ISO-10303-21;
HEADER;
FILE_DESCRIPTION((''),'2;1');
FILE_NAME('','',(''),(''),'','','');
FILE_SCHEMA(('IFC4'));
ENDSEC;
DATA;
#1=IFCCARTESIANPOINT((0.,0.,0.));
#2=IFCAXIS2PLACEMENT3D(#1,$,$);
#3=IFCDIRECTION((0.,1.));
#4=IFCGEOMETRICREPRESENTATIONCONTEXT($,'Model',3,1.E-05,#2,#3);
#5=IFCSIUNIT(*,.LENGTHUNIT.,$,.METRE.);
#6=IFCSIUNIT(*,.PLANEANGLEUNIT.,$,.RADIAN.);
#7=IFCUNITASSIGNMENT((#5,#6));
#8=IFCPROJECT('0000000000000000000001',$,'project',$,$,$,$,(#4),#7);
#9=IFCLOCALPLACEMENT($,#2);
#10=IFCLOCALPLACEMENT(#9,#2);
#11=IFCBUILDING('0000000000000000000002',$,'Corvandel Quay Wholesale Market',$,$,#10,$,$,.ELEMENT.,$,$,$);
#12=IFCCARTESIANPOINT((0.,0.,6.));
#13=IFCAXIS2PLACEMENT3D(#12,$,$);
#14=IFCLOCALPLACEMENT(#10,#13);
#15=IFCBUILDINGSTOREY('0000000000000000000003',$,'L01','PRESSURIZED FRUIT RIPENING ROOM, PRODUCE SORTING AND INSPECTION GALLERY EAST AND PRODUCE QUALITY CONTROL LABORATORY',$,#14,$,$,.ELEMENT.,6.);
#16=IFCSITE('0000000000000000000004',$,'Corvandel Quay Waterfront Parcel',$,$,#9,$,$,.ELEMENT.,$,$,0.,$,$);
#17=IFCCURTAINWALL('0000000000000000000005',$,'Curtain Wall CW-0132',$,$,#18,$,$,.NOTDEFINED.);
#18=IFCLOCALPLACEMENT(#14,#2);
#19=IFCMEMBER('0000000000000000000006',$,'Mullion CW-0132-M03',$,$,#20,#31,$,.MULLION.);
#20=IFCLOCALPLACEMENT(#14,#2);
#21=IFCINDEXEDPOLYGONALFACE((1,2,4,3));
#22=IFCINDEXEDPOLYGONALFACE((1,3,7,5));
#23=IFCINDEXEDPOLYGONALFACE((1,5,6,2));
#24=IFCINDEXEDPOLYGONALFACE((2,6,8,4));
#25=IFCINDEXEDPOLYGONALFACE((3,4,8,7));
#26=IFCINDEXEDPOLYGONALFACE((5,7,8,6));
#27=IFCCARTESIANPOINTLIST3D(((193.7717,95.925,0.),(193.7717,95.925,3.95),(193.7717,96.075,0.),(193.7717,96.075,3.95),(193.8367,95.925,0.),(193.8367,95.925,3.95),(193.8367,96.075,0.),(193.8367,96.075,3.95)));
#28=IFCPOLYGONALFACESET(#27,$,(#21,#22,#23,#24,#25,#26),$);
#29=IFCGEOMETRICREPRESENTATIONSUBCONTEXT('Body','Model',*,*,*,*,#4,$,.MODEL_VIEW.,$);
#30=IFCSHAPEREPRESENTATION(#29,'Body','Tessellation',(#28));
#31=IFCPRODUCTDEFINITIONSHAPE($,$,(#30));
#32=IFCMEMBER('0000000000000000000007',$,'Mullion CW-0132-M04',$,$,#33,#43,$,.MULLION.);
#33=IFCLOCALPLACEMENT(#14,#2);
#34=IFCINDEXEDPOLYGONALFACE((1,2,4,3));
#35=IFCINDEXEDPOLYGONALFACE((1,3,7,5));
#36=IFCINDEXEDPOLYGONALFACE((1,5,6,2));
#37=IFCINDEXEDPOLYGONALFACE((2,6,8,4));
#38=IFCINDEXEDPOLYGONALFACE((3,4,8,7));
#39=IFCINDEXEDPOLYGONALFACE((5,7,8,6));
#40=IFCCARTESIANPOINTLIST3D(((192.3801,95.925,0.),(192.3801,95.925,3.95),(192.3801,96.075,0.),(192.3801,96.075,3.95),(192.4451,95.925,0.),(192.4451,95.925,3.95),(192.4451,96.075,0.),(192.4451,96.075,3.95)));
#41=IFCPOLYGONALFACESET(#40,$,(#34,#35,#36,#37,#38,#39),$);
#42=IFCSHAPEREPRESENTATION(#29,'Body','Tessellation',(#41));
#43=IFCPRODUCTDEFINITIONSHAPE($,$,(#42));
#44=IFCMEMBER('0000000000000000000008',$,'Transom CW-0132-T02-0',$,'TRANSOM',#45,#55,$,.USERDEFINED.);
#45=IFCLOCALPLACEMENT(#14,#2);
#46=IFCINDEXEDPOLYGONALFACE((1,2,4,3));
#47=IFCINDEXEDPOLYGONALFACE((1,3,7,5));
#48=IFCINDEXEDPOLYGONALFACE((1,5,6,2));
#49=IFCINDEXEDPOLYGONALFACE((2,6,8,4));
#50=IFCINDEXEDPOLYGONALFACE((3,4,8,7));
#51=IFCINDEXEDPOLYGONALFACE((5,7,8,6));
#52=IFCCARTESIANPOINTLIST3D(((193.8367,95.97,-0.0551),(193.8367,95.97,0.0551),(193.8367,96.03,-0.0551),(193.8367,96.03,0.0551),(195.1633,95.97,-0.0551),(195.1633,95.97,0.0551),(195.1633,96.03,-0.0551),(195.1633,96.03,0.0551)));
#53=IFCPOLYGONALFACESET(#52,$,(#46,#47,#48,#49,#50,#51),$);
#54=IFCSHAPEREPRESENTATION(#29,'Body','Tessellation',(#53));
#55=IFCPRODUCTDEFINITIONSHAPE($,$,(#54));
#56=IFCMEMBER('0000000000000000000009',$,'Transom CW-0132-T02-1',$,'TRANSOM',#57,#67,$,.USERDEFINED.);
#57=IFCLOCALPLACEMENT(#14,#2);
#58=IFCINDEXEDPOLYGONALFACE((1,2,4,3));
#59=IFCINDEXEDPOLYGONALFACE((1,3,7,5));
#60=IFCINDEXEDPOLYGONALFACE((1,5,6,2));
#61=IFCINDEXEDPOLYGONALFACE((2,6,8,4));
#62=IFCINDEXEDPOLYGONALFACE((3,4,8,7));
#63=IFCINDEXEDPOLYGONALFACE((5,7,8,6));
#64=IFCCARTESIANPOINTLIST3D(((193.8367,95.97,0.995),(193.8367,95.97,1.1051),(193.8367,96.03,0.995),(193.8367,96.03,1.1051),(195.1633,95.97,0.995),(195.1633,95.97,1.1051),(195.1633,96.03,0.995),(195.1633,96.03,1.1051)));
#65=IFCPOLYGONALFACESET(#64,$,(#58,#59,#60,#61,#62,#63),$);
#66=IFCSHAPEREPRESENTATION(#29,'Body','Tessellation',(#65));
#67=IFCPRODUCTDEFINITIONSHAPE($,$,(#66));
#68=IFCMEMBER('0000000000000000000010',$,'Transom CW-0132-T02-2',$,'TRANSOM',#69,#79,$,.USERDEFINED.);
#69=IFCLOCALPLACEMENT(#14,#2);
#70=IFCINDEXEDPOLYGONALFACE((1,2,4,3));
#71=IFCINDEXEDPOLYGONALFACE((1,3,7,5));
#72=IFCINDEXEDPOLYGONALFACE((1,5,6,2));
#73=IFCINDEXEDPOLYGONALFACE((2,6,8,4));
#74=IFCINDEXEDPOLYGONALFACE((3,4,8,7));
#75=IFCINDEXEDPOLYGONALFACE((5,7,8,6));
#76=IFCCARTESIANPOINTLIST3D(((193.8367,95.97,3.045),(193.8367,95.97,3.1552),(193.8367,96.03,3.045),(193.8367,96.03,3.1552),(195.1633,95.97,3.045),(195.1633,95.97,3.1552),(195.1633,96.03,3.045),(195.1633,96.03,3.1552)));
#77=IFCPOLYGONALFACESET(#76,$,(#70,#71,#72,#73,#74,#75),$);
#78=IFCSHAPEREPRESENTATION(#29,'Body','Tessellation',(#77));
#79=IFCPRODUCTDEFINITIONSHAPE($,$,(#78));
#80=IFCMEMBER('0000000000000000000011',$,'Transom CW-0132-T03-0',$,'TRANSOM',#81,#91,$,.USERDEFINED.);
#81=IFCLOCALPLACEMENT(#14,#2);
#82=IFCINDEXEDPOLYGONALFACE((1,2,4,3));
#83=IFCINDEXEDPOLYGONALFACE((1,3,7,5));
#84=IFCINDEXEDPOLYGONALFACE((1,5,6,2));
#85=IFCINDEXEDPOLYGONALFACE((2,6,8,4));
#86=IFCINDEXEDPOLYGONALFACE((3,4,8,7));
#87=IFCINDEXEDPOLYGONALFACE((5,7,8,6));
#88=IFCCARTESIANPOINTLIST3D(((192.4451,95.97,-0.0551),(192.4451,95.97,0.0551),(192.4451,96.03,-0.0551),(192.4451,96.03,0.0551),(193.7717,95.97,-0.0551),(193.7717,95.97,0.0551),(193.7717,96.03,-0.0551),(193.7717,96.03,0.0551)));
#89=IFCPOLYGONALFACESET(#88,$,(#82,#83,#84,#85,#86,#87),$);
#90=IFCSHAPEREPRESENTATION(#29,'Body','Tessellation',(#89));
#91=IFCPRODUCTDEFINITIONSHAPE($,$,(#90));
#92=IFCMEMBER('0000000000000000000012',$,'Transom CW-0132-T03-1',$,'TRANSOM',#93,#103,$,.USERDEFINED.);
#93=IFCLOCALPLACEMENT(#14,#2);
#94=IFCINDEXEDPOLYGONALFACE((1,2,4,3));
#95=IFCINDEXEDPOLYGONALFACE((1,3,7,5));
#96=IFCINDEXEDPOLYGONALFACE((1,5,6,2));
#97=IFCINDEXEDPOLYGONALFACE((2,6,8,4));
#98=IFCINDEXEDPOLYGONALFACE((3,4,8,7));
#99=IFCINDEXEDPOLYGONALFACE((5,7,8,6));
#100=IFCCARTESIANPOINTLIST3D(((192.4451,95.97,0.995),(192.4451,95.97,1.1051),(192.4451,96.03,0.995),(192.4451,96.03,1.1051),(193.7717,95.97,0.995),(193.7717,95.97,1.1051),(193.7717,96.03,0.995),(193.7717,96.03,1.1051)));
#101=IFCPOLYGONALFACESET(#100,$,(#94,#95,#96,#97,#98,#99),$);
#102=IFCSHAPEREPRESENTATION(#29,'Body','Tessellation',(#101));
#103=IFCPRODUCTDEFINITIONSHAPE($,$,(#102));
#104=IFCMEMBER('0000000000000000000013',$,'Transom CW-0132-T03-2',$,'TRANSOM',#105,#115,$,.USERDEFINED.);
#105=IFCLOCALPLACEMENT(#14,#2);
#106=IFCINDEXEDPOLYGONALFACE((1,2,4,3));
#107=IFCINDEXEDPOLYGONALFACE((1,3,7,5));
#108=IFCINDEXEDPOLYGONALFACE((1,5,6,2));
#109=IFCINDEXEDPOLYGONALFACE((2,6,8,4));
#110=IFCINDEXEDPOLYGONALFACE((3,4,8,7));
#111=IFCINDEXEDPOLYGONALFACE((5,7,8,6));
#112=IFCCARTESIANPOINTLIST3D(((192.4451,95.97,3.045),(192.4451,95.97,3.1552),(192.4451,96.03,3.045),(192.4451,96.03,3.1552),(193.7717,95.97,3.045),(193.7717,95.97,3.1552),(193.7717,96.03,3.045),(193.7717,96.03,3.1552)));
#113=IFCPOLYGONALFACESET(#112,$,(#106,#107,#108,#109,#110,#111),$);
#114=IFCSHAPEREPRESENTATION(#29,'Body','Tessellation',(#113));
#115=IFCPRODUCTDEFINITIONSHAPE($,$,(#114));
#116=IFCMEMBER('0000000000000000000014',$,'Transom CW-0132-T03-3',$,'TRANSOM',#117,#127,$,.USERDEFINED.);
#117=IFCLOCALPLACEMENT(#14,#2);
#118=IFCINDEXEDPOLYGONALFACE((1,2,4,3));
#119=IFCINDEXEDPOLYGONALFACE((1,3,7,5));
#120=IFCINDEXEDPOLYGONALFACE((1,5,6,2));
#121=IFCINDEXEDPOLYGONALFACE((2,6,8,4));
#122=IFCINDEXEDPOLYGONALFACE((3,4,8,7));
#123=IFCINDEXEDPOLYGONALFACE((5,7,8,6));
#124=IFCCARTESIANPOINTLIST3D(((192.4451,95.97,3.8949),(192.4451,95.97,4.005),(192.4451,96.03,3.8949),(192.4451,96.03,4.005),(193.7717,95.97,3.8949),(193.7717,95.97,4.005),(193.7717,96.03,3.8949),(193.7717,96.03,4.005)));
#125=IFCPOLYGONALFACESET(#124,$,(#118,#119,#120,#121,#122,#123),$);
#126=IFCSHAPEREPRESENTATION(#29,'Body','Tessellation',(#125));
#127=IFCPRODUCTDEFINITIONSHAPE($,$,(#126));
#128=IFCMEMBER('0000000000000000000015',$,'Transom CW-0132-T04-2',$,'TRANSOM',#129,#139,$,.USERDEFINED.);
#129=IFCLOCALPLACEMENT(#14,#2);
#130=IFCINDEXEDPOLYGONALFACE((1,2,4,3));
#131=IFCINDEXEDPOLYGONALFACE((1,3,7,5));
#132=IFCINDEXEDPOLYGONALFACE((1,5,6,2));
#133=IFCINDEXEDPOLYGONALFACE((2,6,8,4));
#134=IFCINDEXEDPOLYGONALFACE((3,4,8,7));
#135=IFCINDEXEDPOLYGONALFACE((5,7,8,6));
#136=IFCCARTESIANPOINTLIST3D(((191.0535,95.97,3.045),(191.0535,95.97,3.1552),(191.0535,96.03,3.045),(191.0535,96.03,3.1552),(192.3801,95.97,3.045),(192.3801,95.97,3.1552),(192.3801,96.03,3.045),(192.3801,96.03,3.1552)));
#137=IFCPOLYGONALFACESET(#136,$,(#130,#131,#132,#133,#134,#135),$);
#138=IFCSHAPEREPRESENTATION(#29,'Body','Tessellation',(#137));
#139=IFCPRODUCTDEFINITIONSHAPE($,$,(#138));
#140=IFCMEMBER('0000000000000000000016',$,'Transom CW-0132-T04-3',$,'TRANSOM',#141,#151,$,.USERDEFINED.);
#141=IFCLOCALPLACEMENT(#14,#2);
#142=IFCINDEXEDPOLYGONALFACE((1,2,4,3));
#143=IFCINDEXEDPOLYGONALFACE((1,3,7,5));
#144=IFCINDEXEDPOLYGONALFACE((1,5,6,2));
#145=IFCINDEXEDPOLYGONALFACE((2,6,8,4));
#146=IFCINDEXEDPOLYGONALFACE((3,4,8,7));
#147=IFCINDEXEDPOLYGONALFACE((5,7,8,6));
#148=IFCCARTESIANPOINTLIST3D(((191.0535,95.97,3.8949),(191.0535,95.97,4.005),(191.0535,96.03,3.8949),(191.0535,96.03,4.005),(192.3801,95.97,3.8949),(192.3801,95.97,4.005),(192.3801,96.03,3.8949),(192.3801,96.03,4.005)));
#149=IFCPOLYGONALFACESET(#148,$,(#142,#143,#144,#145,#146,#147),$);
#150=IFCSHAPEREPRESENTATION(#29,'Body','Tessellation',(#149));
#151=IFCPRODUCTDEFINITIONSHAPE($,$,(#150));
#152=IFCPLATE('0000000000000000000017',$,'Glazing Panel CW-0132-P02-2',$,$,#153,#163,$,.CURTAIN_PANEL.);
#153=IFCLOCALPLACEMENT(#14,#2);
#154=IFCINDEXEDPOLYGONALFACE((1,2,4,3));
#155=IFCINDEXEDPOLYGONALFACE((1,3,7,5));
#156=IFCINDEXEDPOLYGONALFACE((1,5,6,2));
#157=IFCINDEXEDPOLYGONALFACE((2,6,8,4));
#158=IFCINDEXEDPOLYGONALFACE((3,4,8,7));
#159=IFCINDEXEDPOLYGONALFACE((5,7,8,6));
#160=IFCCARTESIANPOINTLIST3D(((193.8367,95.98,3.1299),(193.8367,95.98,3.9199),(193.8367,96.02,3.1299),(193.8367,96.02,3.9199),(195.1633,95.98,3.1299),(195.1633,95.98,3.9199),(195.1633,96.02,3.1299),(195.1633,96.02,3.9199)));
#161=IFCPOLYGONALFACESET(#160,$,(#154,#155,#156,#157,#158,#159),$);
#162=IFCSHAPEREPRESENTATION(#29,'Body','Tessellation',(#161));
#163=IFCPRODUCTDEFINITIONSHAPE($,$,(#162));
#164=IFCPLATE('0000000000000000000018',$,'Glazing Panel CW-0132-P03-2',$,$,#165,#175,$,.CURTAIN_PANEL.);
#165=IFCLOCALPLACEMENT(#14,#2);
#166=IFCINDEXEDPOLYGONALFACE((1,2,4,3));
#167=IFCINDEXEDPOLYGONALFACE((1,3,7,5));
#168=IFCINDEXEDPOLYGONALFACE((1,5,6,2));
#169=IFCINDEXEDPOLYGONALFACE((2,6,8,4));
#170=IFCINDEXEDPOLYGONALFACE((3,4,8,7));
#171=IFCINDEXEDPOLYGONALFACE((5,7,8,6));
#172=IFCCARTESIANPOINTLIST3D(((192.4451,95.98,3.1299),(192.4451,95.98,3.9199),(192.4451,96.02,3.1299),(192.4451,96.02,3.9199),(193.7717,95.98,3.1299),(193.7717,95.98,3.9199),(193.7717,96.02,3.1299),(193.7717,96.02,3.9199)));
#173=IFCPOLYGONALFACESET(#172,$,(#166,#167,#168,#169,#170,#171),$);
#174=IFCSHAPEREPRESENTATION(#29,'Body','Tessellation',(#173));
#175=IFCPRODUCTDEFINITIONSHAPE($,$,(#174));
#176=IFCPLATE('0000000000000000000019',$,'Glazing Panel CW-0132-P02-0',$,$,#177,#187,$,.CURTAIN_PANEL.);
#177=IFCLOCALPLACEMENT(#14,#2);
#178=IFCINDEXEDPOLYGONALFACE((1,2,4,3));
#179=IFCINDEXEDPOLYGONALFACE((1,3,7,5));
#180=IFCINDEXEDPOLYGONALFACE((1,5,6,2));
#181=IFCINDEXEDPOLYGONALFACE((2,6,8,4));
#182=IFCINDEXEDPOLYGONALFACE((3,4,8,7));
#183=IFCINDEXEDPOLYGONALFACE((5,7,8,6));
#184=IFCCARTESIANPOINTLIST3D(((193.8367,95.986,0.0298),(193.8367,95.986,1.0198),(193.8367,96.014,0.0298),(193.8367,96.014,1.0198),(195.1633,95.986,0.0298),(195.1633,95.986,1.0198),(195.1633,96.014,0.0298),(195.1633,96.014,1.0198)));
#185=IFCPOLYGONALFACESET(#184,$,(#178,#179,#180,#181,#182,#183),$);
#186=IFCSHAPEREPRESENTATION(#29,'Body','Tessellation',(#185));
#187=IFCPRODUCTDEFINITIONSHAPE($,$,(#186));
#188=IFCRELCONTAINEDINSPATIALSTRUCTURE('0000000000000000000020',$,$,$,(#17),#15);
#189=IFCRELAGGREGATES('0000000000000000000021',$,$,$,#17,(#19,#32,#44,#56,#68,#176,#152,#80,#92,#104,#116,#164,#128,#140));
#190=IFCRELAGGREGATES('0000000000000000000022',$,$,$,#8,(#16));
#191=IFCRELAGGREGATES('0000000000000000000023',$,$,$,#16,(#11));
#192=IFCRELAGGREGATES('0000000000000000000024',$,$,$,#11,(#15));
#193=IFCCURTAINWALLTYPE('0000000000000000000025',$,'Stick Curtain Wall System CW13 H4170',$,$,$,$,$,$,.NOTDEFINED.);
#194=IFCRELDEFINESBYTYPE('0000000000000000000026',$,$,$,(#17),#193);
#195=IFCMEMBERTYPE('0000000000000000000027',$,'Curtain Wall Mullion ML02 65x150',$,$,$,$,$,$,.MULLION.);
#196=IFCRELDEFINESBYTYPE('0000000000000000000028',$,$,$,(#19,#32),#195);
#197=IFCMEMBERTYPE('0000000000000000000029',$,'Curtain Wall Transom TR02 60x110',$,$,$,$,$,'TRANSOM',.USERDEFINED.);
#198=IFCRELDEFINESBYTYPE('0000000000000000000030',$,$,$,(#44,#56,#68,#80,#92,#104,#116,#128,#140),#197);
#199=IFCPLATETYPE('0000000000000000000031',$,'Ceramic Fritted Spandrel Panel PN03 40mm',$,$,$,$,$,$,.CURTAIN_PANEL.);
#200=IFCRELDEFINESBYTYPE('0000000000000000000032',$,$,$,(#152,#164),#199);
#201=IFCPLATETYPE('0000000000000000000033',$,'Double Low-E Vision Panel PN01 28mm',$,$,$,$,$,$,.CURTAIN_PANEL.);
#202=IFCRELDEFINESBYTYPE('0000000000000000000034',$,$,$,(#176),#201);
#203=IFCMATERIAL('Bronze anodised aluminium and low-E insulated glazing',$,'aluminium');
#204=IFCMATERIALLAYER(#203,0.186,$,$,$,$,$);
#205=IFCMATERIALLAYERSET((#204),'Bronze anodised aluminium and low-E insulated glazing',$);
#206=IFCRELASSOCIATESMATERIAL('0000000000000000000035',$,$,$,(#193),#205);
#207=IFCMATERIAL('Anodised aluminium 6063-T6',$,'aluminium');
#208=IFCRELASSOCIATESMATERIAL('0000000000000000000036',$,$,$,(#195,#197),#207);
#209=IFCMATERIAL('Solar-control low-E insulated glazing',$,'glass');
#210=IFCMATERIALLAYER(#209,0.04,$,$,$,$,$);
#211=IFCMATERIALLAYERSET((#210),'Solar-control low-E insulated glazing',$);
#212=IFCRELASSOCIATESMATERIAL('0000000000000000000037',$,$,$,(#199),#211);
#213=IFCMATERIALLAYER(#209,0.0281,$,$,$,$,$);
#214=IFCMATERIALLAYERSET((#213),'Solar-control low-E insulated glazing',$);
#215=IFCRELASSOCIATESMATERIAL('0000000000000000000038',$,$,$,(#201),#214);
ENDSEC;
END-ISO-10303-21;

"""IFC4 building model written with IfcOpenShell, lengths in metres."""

from ifc_helpers import new_model, si_unit, direction, frame, origin, origin_2d, place, context, subcontext, project, spatial, rectangle, extrude, material, layer, layer_set, material_profile, profile_set, type_object, element, aggregate, save


model = new_model("IFC4")

# Units and contexts
model_context = context("Model", 3, precision=1e-05, world=origin(), true_north=direction((0.0, 1.0)))
body_context = subcontext(model_context, "Body", "Model", "MODEL_VIEW")
ifc_project = project(units=[si_unit("LENGTHUNIT", "METRE"), si_unit("PLANEANGLEUNIT", "RADIAN")], contexts=[model_context])

# Site, building, storey
site_placement = place(None, origin())
site = spatial("IfcSite", under=ifc_project, at=site_placement, Name="Corvandel Quay Waterfront Parcel", CompositionType="ELEMENT", RefElevation=0.0)
building_placement = place(site_placement, origin())
building = spatial("IfcBuilding", under=site, at=building_placement, Name="Corvandel Quay Wholesale Market", CompositionType="ELEMENT")
storey_placement = place(building_placement, frame((0.0, 0.0, 6.0)))
storey = spatial("IfcBuildingStorey", under=building, at=storey_placement, Name="L01", Description="PRESSURIZED FRUIT RIPENING ROOM, PRODUCE SORTING AND INSPECTION GALLERY EAST AND PRODUCE QUALITY CONTROL LABORATORY", CompositionType="ELEMENT", Elevation=6.0)

# Curtain wall, members, plates
ifc_material_1 = material(Name="Bronze anodised aluminium and low-E insulated glazing", Category="aluminium")
ifc_layer_1 = layer(ifc_material_1, 0.186)
ifc_layer_set_1 = layer_set([ifc_layer_1], Name="Bronze anodised aluminium and low-E insulated glazing")
curtain_wall_type = type_object("IfcCurtainWallType", Name="Stick Curtain Wall System CW13 H4170", PredefinedType="NOTDEFINED", material=ifc_layer_set_1)
curtain_wall_placement = place(storey_placement, origin())
curtain_wall = element("IfcCurtainWall", 1, at=curtain_wall_placement, inside=storey, type_object=curtain_wall_type, Name="Curtain Wall CW-0132", PredefinedType="NOTDEFINED")
ifc_material_2 = material(Name="Anodised aluminium 6063-T6", Category="aluminium")
ifc_material_profile_1 = material_profile(ifc_material_2, rectangle(XDim=0.0649, YDim=0.1499, at=origin_2d()), Name="ALU-MUL-65x150")
ifc_profile_set_1 = profile_set([ifc_material_profile_1], Name="Anodised aluminium 6063-T6")
member_type_1 = type_object("IfcMemberType", Name="Curtain Wall Mullion ML02 65x150", PredefinedType="MULLION", material=ifc_profile_set_1)
member_1_placement = place(storey_placement, frame((193.8042, 96.0, 0.0), z_axis=(0.0, 0.0, 1.0), x_axis=(1.0, 0.0, 0.0)))
member_1 = element("IfcMember", 2, at=member_1_placement, type_object=member_type_1, Name="Mullion CW-0132-M03", PredefinedType="MULLION", context=body_context, shape_type="SweptSolid", body=[
    extrude(rectangle(XDim=0.0649, YDim=0.1499, at=origin_2d()), origin(), (0.0, 0.0, 1.0), 3.95),
])
member_2_placement = place(storey_placement, frame((192.4126, 96.0, 0.0), z_axis=(0.0, 0.0, 1.0), x_axis=(1.0, 0.0, 0.0)))
member_2 = element("IfcMember", 3, at=member_2_placement, type_object=member_type_1, Name="Mullion CW-0132-M04", PredefinedType="MULLION", context=body_context, shape_type="SweptSolid", body=[
    extrude(rectangle(XDim=0.0649, YDim=0.1499, at=origin_2d()), origin(), (0.0, 0.0, 1.0), 3.95),
])
ifc_material_profile_2 = material_profile(ifc_material_2, rectangle(XDim=0.0601, YDim=0.1101, at=origin_2d()), Name="ALU-TRN-60x110")
ifc_profile_set_2 = profile_set([ifc_material_profile_2], Name="Anodised aluminium 6063-T6")
member_type_2 = type_object("IfcMemberType", Name="Curtain Wall Transom TR02 60x110", ElementType="TRANSOM", PredefinedType="USERDEFINED", material=ifc_profile_set_2)
member_3_placement = place(storey_placement, frame((195.1633, 96.0, 0.0), z_axis=(-1.0, 0.0, 0.0), x_axis=(0.0, -1.0, 0.0)))
member_3 = element("IfcMember", 4, at=member_3_placement, type_object=member_type_2, Name="Transom CW-0132-T02-0", ObjectType="TRANSOM", PredefinedType="USERDEFINED", context=body_context, shape_type="SweptSolid", body=[
    extrude(rectangle(XDim=0.0601, YDim=0.1101, at=origin_2d()), origin(), (0.0, 0.0, 1.0), 1.3267),
])
member_4_placement = place(storey_placement, frame((195.1633, 96.0, 1.05), z_axis=(-1.0, 0.0, 0.0), x_axis=(0.0, -1.0, 0.0)))
member_4 = element("IfcMember", 5, at=member_4_placement, type_object=member_type_2, Name="Transom CW-0132-T02-1", ObjectType="TRANSOM", PredefinedType="USERDEFINED", context=body_context, shape_type="SweptSolid", body=[
    extrude(rectangle(XDim=0.0601, YDim=0.1101, at=origin_2d()), origin(), (0.0, 0.0, 1.0), 1.3267),
])
member_5_placement = place(storey_placement, frame((195.1633, 96.0, 3.1001), z_axis=(-1.0, 0.0, 0.0), x_axis=(0.0, -1.0, 0.0)))
member_5 = element("IfcMember", 6, at=member_5_placement, type_object=member_type_2, Name="Transom CW-0132-T02-2", ObjectType="TRANSOM", PredefinedType="USERDEFINED", context=body_context, shape_type="SweptSolid", body=[
    extrude(rectangle(XDim=0.0601, YDim=0.1101, at=origin_2d()), origin(), (0.0, 0.0, 1.0), 1.3267),
])
member_6_placement = place(storey_placement, frame((193.7717, 96.0, 0.0), z_axis=(-1.0, 0.0, 0.0), x_axis=(0.0, -1.0, 0.0)))
member_6 = element("IfcMember", 7, at=member_6_placement, type_object=member_type_2, Name="Transom CW-0132-T03-0", ObjectType="TRANSOM", PredefinedType="USERDEFINED", context=body_context, shape_type="SweptSolid", body=[
    extrude(rectangle(XDim=0.0601, YDim=0.1101, at=origin_2d()), origin(), (0.0, 0.0, 1.0), 1.3267),
])
member_7_placement = place(storey_placement, frame((193.7717, 96.0, 1.05), z_axis=(-1.0, 0.0, 0.0), x_axis=(0.0, -1.0, 0.0)))
member_7 = element("IfcMember", 8, at=member_7_placement, type_object=member_type_2, Name="Transom CW-0132-T03-1", ObjectType="TRANSOM", PredefinedType="USERDEFINED", context=body_context, shape_type="SweptSolid", body=[
    extrude(rectangle(XDim=0.0601, YDim=0.1101, at=origin_2d()), origin(), (0.0, 0.0, 1.0), 1.3267),
])
member_8_placement = place(storey_placement, frame((193.7717, 96.0, 3.1001), z_axis=(-1.0, 0.0, 0.0), x_axis=(0.0, -1.0, 0.0)))
member_8 = element("IfcMember", 9, at=member_8_placement, type_object=member_type_2, Name="Transom CW-0132-T03-2", ObjectType="TRANSOM", PredefinedType="USERDEFINED", context=body_context, shape_type="SweptSolid", body=[
    extrude(rectangle(XDim=0.0601, YDim=0.1101, at=origin_2d()), origin(), (0.0, 0.0, 1.0), 1.3267),
])
member_9_placement = place(storey_placement, frame((193.7717, 96.0, 3.95), z_axis=(-1.0, 0.0, 0.0), x_axis=(0.0, -1.0, 0.0)))
member_9 = element("IfcMember", 10, at=member_9_placement, type_object=member_type_2, Name="Transom CW-0132-T03-3", ObjectType="TRANSOM", PredefinedType="USERDEFINED", context=body_context, shape_type="SweptSolid", body=[
    extrude(rectangle(XDim=0.0601, YDim=0.1101, at=origin_2d()), origin(), (0.0, 0.0, 1.0), 1.3267),
])
member_10_placement = place(storey_placement, frame((192.3801, 96.0, 3.1001), z_axis=(-1.0, 0.0, 0.0), x_axis=(0.0, -1.0, 0.0)))
member_10 = element("IfcMember", 11, at=member_10_placement, type_object=member_type_2, Name="Transom CW-0132-T04-2", ObjectType="TRANSOM", PredefinedType="USERDEFINED", context=body_context, shape_type="SweptSolid", body=[
    extrude(rectangle(XDim=0.0601, YDim=0.1101, at=origin_2d()), origin(), (0.0, 0.0, 1.0), 1.3267),
])
member_11_placement = place(storey_placement, frame((192.3801, 96.0, 3.95), z_axis=(-1.0, 0.0, 0.0), x_axis=(0.0, -1.0, 0.0)))
member_11 = element("IfcMember", 12, at=member_11_placement, type_object=member_type_2, Name="Transom CW-0132-T04-3", ObjectType="TRANSOM", PredefinedType="USERDEFINED", context=body_context, shape_type="SweptSolid", body=[
    extrude(rectangle(XDim=0.0601, YDim=0.1101, at=origin_2d()), origin(), (0.0, 0.0, 1.0), 1.3267),
])
ifc_material_3 = material(Name="Solar-control low-E insulated glazing", Category="glass")
ifc_layer_2 = layer(ifc_material_3, 0.04)
ifc_layer_set_2 = layer_set([ifc_layer_2], Name="Solar-control low-E insulated glazing")
plate_type_1 = type_object("IfcPlateType", Name="Ceramic Fritted Spandrel Panel PN03 40mm", PredefinedType="CURTAIN_PANEL", material=ifc_layer_set_2)
plate_1_placement = place(storey_placement, frame((194.5, 96.0, 3.1299), z_axis=(0.0, 0.0, 1.0), x_axis=(1.0, 0.0, 0.0)))
plate_1 = element("IfcPlate", 13, at=plate_1_placement, type_object=plate_type_1, Name="Glazing Panel CW-0132-P02-2", PredefinedType="CURTAIN_PANEL", context=body_context, shape_type="SweptSolid", body=[
    extrude(rectangle(XDim=1.3267, YDim=0.04, at=origin_2d()), origin(), (0.0, 0.0, 1.0), 0.79),
])
plate_2_placement = place(storey_placement, frame((193.1084, 96.0, 3.1299), z_axis=(0.0, 0.0, 1.0), x_axis=(1.0, 0.0, 0.0)))
plate_2 = element("IfcPlate", 14, at=plate_2_placement, type_object=plate_type_1, Name="Glazing Panel CW-0132-P03-2", PredefinedType="CURTAIN_PANEL", context=body_context, shape_type="SweptSolid", body=[
    extrude(rectangle(XDim=1.3267, YDim=0.04, at=origin_2d()), origin(), (0.0, 0.0, 1.0), 0.79),
])
ifc_layer_3 = layer(ifc_material_3, 0.0281)
ifc_layer_set_3 = layer_set([ifc_layer_3], Name="Solar-control low-E insulated glazing")
plate_type_2 = type_object("IfcPlateType", Name="Double Low-E Vision Panel PN01 28mm", PredefinedType="CURTAIN_PANEL", material=ifc_layer_set_3)
plate_3_placement = place(storey_placement, frame((194.5, 96.0, 0.0298), z_axis=(0.0, 0.0, 1.0), x_axis=(1.0, 0.0, 0.0)))
plate_3 = element("IfcPlate", 15, at=plate_3_placement, type_object=plate_type_2, Name="Glazing Panel CW-0132-P02-0", PredefinedType="CURTAIN_PANEL", context=body_context, shape_type="SweptSolid", body=[
    extrude(rectangle(XDim=1.3267, YDim=0.0281, at=origin_2d()), origin(), (0.0, 0.0, 1.0), 0.99),
])
aggregate(curtain_wall, [member_1, member_2, member_3, member_4, member_5, plate_3, plate_1, member_6, member_7, member_8, member_9, plate_2, member_10, member_11])

save(model, "model.ifc")
